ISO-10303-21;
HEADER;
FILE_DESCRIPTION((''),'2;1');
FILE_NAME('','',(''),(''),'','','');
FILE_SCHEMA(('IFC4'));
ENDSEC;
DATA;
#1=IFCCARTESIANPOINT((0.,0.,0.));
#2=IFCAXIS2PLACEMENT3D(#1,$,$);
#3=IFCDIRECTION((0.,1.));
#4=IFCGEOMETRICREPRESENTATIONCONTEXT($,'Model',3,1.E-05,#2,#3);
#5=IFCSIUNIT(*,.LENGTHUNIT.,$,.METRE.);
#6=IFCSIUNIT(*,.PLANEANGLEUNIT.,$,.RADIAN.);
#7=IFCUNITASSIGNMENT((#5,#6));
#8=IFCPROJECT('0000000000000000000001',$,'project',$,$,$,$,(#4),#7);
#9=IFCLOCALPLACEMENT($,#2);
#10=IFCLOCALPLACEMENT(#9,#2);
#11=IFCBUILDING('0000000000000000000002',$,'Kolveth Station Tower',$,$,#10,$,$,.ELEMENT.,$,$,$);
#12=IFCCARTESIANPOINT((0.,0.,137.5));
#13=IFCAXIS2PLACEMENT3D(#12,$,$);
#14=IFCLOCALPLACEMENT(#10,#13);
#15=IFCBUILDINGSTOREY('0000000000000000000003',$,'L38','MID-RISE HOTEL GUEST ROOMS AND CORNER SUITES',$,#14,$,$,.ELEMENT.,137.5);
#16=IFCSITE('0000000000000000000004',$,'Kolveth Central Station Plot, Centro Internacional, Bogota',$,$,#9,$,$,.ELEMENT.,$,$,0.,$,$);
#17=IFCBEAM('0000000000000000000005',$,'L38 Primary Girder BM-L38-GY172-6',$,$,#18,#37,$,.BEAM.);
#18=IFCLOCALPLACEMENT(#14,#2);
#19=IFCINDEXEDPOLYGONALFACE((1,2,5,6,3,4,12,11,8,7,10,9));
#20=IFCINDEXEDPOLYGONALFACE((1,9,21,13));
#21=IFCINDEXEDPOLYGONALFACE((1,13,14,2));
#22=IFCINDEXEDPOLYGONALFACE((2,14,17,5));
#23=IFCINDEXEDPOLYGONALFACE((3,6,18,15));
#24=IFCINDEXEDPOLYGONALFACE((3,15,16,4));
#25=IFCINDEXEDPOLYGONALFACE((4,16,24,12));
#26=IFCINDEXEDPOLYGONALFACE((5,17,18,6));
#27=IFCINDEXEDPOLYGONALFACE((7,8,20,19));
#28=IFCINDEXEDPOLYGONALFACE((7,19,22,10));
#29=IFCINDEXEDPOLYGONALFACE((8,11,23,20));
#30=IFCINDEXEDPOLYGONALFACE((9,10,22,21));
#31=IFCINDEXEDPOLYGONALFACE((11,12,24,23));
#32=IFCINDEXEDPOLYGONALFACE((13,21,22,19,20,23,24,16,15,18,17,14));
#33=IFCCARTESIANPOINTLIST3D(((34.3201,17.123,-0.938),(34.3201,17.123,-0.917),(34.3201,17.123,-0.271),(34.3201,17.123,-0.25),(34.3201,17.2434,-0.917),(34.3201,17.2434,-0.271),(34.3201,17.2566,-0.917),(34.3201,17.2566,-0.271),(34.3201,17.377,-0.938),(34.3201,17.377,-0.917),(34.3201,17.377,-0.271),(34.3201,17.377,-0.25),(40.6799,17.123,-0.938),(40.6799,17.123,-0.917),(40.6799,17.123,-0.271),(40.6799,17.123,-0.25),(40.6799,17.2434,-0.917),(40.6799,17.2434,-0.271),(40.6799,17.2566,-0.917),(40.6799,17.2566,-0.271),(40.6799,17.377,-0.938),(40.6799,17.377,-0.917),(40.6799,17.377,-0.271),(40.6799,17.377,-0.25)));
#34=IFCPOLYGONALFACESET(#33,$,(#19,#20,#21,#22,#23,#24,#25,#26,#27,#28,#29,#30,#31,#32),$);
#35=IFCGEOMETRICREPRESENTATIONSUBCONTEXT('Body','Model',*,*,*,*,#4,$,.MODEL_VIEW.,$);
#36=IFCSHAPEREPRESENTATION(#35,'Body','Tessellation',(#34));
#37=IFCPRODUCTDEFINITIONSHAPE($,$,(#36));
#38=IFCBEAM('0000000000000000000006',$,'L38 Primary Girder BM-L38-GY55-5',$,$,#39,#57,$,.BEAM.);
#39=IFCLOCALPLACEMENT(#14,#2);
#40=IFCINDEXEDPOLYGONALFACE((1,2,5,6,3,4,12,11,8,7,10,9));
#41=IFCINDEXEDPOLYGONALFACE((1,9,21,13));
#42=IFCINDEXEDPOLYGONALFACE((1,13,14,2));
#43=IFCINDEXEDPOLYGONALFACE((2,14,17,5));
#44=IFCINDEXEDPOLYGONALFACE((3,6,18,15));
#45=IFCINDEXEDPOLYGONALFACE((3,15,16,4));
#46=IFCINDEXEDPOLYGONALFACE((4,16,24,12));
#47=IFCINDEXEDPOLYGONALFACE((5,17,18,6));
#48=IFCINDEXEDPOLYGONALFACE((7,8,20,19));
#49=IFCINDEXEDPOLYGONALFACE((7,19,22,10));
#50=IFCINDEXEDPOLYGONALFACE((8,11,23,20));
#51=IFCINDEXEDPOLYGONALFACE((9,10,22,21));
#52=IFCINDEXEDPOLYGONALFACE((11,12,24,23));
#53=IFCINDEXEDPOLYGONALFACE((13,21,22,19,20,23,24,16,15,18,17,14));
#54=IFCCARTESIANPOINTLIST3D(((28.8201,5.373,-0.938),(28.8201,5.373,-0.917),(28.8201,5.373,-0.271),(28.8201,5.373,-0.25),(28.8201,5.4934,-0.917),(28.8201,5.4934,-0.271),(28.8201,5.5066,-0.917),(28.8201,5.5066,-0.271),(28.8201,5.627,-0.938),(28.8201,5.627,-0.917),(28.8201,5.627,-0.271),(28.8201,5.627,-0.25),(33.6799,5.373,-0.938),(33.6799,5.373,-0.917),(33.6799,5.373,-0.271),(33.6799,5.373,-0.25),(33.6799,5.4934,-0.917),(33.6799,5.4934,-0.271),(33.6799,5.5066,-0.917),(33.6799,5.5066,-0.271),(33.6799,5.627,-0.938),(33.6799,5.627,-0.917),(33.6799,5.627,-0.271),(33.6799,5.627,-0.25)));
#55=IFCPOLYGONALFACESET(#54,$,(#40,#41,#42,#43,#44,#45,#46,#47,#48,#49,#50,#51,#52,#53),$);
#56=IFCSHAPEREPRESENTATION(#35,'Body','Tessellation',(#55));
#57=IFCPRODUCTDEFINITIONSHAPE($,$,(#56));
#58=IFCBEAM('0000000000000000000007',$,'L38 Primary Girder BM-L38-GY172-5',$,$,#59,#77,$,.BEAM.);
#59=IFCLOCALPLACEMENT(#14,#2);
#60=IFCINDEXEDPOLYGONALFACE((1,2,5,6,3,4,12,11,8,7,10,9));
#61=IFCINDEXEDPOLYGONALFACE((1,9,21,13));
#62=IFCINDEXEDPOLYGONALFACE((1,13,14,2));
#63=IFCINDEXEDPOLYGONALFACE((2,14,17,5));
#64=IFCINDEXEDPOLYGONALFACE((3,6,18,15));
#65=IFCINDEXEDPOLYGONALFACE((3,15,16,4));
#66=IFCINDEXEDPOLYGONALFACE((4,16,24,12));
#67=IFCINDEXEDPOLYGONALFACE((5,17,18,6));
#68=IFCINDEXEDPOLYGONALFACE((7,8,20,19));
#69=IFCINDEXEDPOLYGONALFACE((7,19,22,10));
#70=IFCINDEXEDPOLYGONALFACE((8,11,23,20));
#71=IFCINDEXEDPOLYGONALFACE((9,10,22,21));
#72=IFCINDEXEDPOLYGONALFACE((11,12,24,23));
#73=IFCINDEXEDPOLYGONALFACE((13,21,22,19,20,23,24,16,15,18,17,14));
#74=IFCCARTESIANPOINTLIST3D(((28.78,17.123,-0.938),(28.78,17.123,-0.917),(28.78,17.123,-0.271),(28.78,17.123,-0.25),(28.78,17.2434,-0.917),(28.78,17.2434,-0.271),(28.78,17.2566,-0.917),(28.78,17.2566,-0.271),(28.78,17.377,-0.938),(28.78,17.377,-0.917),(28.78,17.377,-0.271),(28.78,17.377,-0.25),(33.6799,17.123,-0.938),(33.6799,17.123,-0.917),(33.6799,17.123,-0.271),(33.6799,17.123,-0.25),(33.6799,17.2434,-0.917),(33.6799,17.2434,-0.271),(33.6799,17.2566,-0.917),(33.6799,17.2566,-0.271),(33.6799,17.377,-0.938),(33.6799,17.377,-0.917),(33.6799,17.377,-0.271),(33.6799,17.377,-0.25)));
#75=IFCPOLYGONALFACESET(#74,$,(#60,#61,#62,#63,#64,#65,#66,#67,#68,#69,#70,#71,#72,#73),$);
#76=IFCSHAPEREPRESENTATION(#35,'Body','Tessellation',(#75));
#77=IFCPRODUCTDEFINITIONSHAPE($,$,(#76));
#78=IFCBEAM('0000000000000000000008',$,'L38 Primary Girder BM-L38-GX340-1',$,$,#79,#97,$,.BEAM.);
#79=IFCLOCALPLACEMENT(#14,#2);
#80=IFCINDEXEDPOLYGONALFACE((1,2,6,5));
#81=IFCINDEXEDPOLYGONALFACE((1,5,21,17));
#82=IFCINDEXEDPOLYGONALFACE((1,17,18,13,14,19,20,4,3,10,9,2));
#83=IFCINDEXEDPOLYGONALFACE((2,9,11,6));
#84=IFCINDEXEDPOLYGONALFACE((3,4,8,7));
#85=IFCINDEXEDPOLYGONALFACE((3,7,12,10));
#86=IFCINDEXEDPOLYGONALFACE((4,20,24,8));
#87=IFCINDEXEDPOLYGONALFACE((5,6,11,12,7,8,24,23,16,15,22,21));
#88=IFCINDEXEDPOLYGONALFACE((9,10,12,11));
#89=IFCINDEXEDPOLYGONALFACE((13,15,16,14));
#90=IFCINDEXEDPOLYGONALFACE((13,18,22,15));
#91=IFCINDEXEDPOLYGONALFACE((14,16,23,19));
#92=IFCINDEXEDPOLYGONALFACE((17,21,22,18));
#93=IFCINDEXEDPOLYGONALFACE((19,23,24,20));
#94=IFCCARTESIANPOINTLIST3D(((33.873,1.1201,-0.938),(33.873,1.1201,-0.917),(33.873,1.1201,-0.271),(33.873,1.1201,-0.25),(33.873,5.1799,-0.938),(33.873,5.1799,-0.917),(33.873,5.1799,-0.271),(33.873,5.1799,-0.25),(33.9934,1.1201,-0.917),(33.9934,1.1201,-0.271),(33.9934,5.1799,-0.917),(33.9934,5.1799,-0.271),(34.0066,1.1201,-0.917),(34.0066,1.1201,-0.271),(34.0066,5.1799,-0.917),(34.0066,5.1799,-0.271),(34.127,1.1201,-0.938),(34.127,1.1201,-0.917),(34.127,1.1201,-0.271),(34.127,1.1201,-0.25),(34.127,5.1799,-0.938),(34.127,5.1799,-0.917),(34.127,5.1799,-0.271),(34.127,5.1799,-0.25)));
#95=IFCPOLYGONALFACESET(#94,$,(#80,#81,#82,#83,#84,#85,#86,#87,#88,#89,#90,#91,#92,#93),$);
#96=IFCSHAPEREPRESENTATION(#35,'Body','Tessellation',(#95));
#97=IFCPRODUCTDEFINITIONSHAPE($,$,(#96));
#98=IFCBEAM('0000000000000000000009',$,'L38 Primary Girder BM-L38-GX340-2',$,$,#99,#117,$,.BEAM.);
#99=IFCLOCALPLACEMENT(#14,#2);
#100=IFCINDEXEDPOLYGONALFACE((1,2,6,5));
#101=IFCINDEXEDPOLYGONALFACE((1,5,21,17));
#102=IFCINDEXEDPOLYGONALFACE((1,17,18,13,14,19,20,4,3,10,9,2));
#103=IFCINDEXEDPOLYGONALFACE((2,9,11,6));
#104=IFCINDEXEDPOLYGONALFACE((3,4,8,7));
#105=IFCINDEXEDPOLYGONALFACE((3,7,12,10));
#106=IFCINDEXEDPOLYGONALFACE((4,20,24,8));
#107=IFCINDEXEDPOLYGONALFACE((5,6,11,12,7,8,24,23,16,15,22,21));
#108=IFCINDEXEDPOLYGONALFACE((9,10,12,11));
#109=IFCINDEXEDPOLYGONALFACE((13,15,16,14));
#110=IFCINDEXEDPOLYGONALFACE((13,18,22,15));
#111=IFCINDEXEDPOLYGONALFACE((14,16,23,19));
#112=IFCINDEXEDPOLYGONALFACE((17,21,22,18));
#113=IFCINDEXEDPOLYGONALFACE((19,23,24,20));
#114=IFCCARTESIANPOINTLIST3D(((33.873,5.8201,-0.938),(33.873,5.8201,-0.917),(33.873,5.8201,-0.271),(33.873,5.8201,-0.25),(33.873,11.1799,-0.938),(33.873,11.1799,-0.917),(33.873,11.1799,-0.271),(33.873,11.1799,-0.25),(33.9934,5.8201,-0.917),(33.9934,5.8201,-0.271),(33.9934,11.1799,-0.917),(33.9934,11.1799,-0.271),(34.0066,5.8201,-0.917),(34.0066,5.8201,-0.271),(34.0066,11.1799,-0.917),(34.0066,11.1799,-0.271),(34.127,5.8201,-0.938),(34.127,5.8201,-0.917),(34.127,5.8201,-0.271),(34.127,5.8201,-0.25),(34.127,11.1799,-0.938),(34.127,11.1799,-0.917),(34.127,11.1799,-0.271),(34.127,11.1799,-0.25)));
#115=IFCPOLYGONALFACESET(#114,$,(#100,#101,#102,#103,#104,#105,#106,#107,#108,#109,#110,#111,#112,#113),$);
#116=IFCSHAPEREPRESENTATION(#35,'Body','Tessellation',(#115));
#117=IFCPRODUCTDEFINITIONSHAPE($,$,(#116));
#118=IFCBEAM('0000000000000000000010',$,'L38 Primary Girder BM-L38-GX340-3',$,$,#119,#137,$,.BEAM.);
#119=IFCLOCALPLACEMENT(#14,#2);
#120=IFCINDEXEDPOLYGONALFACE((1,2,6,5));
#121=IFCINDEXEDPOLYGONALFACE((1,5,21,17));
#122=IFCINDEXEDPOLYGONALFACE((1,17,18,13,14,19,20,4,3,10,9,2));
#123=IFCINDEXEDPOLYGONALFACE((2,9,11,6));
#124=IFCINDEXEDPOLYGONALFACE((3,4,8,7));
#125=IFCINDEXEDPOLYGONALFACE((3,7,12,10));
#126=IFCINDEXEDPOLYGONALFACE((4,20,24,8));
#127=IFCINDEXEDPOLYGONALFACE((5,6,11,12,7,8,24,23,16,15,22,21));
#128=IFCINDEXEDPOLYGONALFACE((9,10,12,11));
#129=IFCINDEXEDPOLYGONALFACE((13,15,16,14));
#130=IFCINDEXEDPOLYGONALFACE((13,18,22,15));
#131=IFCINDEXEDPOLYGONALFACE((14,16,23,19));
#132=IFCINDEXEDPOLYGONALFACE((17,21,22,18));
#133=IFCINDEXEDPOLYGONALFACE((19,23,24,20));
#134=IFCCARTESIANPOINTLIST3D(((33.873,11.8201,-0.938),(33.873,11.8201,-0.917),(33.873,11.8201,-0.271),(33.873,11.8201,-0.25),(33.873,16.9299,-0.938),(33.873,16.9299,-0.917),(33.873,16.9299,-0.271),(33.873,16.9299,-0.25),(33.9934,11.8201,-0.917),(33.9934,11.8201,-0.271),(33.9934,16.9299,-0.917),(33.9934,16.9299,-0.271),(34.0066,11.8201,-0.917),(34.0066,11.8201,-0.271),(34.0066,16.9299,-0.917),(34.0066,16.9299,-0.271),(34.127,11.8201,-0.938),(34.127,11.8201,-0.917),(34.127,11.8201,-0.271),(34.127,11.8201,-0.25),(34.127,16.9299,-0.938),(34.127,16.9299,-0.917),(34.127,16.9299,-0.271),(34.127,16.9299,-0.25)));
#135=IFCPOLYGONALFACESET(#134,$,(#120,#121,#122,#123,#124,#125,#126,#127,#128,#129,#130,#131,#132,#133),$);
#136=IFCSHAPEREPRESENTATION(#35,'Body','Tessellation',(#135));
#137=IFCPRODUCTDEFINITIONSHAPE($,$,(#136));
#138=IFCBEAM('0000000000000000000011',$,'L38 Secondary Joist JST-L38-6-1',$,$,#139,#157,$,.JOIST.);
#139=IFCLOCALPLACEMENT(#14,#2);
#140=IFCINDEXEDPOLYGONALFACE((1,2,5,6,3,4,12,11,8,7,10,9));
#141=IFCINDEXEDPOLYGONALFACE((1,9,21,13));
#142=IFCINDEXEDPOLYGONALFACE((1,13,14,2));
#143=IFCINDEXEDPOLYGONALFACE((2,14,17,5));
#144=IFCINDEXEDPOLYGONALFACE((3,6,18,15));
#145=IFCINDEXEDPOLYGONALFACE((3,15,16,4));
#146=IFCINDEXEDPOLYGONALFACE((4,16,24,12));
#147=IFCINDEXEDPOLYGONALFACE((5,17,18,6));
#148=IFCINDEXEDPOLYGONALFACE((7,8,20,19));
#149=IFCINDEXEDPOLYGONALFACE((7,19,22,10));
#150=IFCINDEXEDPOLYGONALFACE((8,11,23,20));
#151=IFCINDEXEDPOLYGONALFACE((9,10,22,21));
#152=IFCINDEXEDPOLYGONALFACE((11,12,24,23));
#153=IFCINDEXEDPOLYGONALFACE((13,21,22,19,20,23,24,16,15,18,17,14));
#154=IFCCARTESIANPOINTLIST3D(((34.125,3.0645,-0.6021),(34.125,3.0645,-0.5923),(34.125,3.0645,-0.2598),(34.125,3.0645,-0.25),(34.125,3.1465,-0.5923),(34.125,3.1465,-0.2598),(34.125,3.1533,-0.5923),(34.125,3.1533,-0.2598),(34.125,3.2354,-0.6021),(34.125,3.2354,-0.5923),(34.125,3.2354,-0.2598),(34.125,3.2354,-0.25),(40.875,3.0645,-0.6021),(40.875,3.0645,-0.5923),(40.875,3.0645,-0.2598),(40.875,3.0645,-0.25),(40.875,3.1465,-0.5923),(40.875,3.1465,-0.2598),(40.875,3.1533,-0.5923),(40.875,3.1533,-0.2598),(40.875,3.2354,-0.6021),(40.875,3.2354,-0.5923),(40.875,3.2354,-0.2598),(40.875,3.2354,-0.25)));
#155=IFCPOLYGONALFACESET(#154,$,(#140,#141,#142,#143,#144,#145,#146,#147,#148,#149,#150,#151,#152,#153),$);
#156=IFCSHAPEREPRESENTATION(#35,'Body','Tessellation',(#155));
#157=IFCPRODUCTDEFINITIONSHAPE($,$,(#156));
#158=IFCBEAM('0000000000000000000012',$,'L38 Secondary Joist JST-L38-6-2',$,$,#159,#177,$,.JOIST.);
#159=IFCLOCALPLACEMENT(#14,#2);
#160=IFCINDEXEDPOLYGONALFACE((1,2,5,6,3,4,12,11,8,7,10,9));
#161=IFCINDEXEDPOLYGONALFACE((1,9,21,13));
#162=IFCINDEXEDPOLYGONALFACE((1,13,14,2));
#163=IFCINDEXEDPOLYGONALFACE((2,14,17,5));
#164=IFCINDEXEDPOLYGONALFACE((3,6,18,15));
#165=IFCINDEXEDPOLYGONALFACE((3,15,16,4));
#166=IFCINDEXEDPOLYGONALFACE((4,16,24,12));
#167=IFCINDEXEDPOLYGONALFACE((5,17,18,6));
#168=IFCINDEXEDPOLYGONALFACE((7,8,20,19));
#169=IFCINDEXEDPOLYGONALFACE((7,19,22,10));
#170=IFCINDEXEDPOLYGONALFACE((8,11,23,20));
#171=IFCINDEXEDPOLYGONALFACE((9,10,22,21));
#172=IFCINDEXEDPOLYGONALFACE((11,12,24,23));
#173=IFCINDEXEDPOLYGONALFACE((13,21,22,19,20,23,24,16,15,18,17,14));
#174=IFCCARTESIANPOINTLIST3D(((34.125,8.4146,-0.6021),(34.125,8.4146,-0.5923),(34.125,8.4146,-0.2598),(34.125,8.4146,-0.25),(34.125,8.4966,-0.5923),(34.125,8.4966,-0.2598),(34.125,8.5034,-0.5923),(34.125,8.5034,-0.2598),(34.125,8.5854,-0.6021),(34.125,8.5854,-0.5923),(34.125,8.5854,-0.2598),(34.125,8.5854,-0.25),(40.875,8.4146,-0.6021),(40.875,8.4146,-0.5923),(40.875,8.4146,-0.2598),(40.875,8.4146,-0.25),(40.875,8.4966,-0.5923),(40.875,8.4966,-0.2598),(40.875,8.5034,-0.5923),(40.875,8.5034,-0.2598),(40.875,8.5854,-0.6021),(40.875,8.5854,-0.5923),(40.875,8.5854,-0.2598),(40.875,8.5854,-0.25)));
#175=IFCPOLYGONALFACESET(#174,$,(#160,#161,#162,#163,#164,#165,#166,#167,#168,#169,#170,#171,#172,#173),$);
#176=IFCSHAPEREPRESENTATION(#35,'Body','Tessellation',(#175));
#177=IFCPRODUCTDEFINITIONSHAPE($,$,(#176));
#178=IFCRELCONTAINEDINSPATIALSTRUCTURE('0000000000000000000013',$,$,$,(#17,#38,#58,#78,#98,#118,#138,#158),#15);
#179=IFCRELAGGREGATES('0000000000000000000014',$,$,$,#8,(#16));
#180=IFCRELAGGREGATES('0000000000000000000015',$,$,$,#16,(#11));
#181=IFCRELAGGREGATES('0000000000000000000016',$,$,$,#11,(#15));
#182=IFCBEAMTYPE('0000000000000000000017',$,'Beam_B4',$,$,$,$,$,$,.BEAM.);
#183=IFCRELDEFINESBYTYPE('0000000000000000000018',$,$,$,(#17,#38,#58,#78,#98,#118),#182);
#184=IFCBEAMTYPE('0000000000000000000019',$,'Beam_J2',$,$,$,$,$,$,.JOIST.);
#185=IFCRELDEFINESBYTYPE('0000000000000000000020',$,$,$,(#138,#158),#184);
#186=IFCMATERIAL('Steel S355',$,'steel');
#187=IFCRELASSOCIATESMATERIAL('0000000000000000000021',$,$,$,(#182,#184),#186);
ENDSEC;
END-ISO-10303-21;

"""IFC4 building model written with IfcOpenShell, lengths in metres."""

from ifc_helpers import new_model, si_unit, direction, frame, origin, origin_2d, place, context, subcontext, project, spatial, i_section, extrude, source, transform, mapped, material, material_profile, profile_set, type_object, element, save


model = new_model("IFC4")

# Units and contexts
model_context = context("Model", 3, precision=1e-05, world=origin(), true_north=direction((0.0, 1.0)))
body_context = subcontext(model_context, "Body", "Model", "MODEL_VIEW")
ifc_project = project(units=[si_unit("LENGTHUNIT", "METRE"), si_unit("PLANEANGLEUNIT", "RADIAN")], contexts=[model_context])

# Site, building, storey
site_placement = place(None, origin())
site = spatial("IfcSite", under=ifc_project, at=site_placement, Name="Kolveth Central Station Plot, Centro Internacional, Bogota", CompositionType="ELEMENT", RefElevation=0.0)
building_placement = place(site_placement, origin())
building = spatial("IfcBuilding", under=site, at=building_placement, Name="Kolveth Station Tower", CompositionType="ELEMENT")
storey_placement = place(building_placement, frame((0.0, 0.0, 137.5)))
storey = spatial("IfcBuildingStorey", under=building, at=storey_placement, Name="L38", Description="MID-RISE HOTEL GUEST ROOMS AND CORNER SUITES", CompositionType="ELEMENT", Elevation=137.5)

# Beams
ifc_material_1 = material(Name="Steel S355", Category="steel")
ifc_material_profile_1 = material_profile(ifc_material_1, i_section(OverallWidth=0.2539, OverallDepth=0.688, WebThickness=0.0132, FlangeThickness=0.021, at=origin_2d()), Name="W690x152")
ifc_profile_set_1 = profile_set([ifc_material_profile_1], Name="Steel S355")
beam_type_1 = type_object("IfcBeamType", Name="Beam_B4", PredefinedType="BEAM", material=ifc_profile_set_1)
shared_shape_1 = source(origin(), body_context, "Body", "SweptSolid", [
    extrude(i_section(OverallWidth=0.2539, OverallDepth=0.688, WebThickness=0.0132, FlangeThickness=0.021, at=origin_2d()), origin(), (0.0, 0.0, 1.0), 6.3599),
])
for number, where, z_axis, x_axis, name in (
    (1, (34.3201, 17.25, -0.594), (1.0, 0.0, 0.0), (0.0, 1.0, 0.0), "L38 Primary Girder BM-L38-GY172-6"),
):
    element("IfcBeam", number, at=place(storey_placement, frame(where, z_axis=z_axis, x_axis=x_axis)), inside=storey, type_object=beam_type_1, Name=name, PredefinedType="BEAM", context=body_context, shape_type="MappedRepresentation", body=[
        mapped(shared_shape_1, transform((0.0, 0.0, 0.0), x_axis=(1.0, 0.0, 0.0), y_axis=(0.0, 1.0, 0.0), z_axis=(0.0, 0.0, 1.0), scale=1.0)),
    ])
shared_shape_2 = source(origin(), body_context, "Body", "SweptSolid", [
    extrude(i_section(OverallWidth=0.2539, OverallDepth=0.688, WebThickness=0.0132, FlangeThickness=0.021, at=origin_2d()), origin(), (0.0, 0.0, 1.0), 4.8599),
])
beam_1_placement = place(storey_placement, frame((28.8201, 5.5, -0.594), z_axis=(1.0, 0.0, 0.0), x_axis=(0.0, 1.0, 0.0)))
element("IfcBeam", 2, at=beam_1_placement, inside=storey, type_object=beam_type_1, Name="L38 Primary Girder BM-L38-GY55-5", PredefinedType="BEAM", context=body_context, shape_type="MappedRepresentation", body=[
    mapped(shared_shape_2, transform((0.0, 0.0, 0.0), x_axis=(1.0, 0.0, 0.0), y_axis=(0.0, 1.0, 0.0), z_axis=(0.0, 0.0, 1.0), scale=1.0)),
])
shared_shape_3 = source(origin(), body_context, "Body", "SweptSolid", [
    extrude(i_section(OverallWidth=0.2539, OverallDepth=0.688, WebThickness=0.0132, FlangeThickness=0.021, at=origin_2d()), origin(), (0.0, 0.0, 1.0), 4.8999),
])
beam_2_placement = place(storey_placement, frame((28.78, 17.25, -0.594), z_axis=(1.0, 0.0, 0.0), x_axis=(0.0, 1.0, 0.0)))
element("IfcBeam", 3, at=beam_2_placement, inside=storey, type_object=beam_type_1, Name="L38 Primary Girder BM-L38-GY172-5", PredefinedType="BEAM", context=body_context, shape_type="MappedRepresentation", body=[
    mapped(shared_shape_3, transform((0.0, 0.0, 0.0), x_axis=(1.0, 0.0, 0.0), y_axis=(0.0, 1.0, 0.0), z_axis=(0.0, 0.0, 1.0), scale=1.0)),
])
shared_shape_4 = source(origin(), body_context, "Body", "SweptSolid", [
    extrude(i_section(OverallWidth=0.2539, OverallDepth=0.688, WebThickness=0.0132, FlangeThickness=0.021, at=origin_2d()), origin(), (0.0, 0.0, 1.0), 4.0598),
])
beam_3_placement = place(storey_placement, frame((34.0, 1.1201, -0.594), z_axis=(0.0, 1.0, 0.0), x_axis=(-1.0, 0.0, 0.0)))
element("IfcBeam", 4, at=beam_3_placement, inside=storey, type_object=beam_type_1, Name="L38 Primary Girder BM-L38-GX340-1", PredefinedType="BEAM", context=body_context, shape_type="MappedRepresentation", body=[
    mapped(shared_shape_4, transform((0.0, 0.0, 0.0), x_axis=(1.0, 0.0, 0.0), y_axis=(0.0, 1.0, 0.0), z_axis=(0.0, 0.0, 1.0), scale=1.0)),
])
shared_shape_5 = source(origin(), body_context, "Body", "SweptSolid", [
    extrude(i_section(OverallWidth=0.2539, OverallDepth=0.688, WebThickness=0.0132, FlangeThickness=0.021, at=origin_2d()), origin(), (0.0, 0.0, 1.0), 5.3599),
])
beam_4_placement = place(storey_placement, frame((34.0, 5.8201, -0.594), z_axis=(0.0, 1.0, 0.0), x_axis=(-1.0, 0.0, 0.0)))
element("IfcBeam", 5, at=beam_4_placement, inside=storey, type_object=beam_type_1, Name="L38 Primary Girder BM-L38-GX340-2", PredefinedType="BEAM", context=body_context, shape_type="MappedRepresentation", body=[
    mapped(shared_shape_5, transform((0.0, 0.0, 0.0), x_axis=(1.0, 0.0, 0.0), y_axis=(0.0, 1.0, 0.0), z_axis=(0.0, 0.0, 1.0), scale=1.0)),
])
shared_shape_6 = source(origin(), body_context, "Body", "SweptSolid", [
    extrude(i_section(OverallWidth=0.2539, OverallDepth=0.688, WebThickness=0.0132, FlangeThickness=0.021, at=origin_2d()), origin(), (0.0, 0.0, 1.0), 5.1099),
])
beam_5_placement = place(storey_placement, frame((34.0, 11.8201, -0.594), z_axis=(0.0, 1.0, 0.0), x_axis=(-1.0, 0.0, 0.0)))
element("IfcBeam", 6, at=beam_5_placement, inside=storey, type_object=beam_type_1, Name="L38 Primary Girder BM-L38-GX340-3", PredefinedType="BEAM", context=body_context, shape_type="MappedRepresentation", body=[
    mapped(shared_shape_6, transform((0.0, 0.0, 0.0), x_axis=(1.0, 0.0, 0.0), y_axis=(0.0, 1.0, 0.0), z_axis=(0.0, 0.0, 1.0), scale=1.0)),
])
ifc_material_profile_2 = material_profile(ifc_material_1, i_section(OverallWidth=0.1709, OverallDepth=0.3521, WebThickness=0.0068, FlangeThickness=0.0098, at=origin_2d()), Name="W360x44")
ifc_profile_set_2 = profile_set([ifc_material_profile_2], Name="Steel S355")
beam_type_2 = type_object("IfcBeamType", Name="Beam_J2", PredefinedType="JOIST", material=ifc_profile_set_2)
shared_shape_7 = source(origin(), body_context, "Body", "SweptSolid", [
    extrude(i_section(OverallWidth=0.1709, OverallDepth=0.3521, WebThickness=0.0068, FlangeThickness=0.0098, at=origin_2d()), origin(), (0.0, 0.0, 1.0), 6.75),
])
for number, where, z_axis, x_axis, name in (
    (7, (34.125, 3.1499, -0.426), (1.0, 0.0, 0.0), (0.0, 1.0, 0.0), "L38 Secondary Joist JST-L38-6-1"),
    (8, (34.125, 8.5, -0.426), (1.0, 0.0, 0.0), (0.0, 1.0, 0.0), "L38 Secondary Joist JST-L38-6-2"),
):
    element("IfcBeam", number, at=place(storey_placement, frame(where, z_axis=z_axis, x_axis=x_axis)), inside=storey, type_object=beam_type_2, Name=name, PredefinedType="JOIST", context=body_context, shape_type="MappedRepresentation", body=[
        mapped(shared_shape_7, transform((0.0, 0.0, 0.0), x_axis=(1.0, 0.0, 0.0), y_axis=(0.0, 1.0, 0.0), z_axis=(0.0, 0.0, 1.0), scale=1.0)),
    ])

save(model, "model.ifc")
